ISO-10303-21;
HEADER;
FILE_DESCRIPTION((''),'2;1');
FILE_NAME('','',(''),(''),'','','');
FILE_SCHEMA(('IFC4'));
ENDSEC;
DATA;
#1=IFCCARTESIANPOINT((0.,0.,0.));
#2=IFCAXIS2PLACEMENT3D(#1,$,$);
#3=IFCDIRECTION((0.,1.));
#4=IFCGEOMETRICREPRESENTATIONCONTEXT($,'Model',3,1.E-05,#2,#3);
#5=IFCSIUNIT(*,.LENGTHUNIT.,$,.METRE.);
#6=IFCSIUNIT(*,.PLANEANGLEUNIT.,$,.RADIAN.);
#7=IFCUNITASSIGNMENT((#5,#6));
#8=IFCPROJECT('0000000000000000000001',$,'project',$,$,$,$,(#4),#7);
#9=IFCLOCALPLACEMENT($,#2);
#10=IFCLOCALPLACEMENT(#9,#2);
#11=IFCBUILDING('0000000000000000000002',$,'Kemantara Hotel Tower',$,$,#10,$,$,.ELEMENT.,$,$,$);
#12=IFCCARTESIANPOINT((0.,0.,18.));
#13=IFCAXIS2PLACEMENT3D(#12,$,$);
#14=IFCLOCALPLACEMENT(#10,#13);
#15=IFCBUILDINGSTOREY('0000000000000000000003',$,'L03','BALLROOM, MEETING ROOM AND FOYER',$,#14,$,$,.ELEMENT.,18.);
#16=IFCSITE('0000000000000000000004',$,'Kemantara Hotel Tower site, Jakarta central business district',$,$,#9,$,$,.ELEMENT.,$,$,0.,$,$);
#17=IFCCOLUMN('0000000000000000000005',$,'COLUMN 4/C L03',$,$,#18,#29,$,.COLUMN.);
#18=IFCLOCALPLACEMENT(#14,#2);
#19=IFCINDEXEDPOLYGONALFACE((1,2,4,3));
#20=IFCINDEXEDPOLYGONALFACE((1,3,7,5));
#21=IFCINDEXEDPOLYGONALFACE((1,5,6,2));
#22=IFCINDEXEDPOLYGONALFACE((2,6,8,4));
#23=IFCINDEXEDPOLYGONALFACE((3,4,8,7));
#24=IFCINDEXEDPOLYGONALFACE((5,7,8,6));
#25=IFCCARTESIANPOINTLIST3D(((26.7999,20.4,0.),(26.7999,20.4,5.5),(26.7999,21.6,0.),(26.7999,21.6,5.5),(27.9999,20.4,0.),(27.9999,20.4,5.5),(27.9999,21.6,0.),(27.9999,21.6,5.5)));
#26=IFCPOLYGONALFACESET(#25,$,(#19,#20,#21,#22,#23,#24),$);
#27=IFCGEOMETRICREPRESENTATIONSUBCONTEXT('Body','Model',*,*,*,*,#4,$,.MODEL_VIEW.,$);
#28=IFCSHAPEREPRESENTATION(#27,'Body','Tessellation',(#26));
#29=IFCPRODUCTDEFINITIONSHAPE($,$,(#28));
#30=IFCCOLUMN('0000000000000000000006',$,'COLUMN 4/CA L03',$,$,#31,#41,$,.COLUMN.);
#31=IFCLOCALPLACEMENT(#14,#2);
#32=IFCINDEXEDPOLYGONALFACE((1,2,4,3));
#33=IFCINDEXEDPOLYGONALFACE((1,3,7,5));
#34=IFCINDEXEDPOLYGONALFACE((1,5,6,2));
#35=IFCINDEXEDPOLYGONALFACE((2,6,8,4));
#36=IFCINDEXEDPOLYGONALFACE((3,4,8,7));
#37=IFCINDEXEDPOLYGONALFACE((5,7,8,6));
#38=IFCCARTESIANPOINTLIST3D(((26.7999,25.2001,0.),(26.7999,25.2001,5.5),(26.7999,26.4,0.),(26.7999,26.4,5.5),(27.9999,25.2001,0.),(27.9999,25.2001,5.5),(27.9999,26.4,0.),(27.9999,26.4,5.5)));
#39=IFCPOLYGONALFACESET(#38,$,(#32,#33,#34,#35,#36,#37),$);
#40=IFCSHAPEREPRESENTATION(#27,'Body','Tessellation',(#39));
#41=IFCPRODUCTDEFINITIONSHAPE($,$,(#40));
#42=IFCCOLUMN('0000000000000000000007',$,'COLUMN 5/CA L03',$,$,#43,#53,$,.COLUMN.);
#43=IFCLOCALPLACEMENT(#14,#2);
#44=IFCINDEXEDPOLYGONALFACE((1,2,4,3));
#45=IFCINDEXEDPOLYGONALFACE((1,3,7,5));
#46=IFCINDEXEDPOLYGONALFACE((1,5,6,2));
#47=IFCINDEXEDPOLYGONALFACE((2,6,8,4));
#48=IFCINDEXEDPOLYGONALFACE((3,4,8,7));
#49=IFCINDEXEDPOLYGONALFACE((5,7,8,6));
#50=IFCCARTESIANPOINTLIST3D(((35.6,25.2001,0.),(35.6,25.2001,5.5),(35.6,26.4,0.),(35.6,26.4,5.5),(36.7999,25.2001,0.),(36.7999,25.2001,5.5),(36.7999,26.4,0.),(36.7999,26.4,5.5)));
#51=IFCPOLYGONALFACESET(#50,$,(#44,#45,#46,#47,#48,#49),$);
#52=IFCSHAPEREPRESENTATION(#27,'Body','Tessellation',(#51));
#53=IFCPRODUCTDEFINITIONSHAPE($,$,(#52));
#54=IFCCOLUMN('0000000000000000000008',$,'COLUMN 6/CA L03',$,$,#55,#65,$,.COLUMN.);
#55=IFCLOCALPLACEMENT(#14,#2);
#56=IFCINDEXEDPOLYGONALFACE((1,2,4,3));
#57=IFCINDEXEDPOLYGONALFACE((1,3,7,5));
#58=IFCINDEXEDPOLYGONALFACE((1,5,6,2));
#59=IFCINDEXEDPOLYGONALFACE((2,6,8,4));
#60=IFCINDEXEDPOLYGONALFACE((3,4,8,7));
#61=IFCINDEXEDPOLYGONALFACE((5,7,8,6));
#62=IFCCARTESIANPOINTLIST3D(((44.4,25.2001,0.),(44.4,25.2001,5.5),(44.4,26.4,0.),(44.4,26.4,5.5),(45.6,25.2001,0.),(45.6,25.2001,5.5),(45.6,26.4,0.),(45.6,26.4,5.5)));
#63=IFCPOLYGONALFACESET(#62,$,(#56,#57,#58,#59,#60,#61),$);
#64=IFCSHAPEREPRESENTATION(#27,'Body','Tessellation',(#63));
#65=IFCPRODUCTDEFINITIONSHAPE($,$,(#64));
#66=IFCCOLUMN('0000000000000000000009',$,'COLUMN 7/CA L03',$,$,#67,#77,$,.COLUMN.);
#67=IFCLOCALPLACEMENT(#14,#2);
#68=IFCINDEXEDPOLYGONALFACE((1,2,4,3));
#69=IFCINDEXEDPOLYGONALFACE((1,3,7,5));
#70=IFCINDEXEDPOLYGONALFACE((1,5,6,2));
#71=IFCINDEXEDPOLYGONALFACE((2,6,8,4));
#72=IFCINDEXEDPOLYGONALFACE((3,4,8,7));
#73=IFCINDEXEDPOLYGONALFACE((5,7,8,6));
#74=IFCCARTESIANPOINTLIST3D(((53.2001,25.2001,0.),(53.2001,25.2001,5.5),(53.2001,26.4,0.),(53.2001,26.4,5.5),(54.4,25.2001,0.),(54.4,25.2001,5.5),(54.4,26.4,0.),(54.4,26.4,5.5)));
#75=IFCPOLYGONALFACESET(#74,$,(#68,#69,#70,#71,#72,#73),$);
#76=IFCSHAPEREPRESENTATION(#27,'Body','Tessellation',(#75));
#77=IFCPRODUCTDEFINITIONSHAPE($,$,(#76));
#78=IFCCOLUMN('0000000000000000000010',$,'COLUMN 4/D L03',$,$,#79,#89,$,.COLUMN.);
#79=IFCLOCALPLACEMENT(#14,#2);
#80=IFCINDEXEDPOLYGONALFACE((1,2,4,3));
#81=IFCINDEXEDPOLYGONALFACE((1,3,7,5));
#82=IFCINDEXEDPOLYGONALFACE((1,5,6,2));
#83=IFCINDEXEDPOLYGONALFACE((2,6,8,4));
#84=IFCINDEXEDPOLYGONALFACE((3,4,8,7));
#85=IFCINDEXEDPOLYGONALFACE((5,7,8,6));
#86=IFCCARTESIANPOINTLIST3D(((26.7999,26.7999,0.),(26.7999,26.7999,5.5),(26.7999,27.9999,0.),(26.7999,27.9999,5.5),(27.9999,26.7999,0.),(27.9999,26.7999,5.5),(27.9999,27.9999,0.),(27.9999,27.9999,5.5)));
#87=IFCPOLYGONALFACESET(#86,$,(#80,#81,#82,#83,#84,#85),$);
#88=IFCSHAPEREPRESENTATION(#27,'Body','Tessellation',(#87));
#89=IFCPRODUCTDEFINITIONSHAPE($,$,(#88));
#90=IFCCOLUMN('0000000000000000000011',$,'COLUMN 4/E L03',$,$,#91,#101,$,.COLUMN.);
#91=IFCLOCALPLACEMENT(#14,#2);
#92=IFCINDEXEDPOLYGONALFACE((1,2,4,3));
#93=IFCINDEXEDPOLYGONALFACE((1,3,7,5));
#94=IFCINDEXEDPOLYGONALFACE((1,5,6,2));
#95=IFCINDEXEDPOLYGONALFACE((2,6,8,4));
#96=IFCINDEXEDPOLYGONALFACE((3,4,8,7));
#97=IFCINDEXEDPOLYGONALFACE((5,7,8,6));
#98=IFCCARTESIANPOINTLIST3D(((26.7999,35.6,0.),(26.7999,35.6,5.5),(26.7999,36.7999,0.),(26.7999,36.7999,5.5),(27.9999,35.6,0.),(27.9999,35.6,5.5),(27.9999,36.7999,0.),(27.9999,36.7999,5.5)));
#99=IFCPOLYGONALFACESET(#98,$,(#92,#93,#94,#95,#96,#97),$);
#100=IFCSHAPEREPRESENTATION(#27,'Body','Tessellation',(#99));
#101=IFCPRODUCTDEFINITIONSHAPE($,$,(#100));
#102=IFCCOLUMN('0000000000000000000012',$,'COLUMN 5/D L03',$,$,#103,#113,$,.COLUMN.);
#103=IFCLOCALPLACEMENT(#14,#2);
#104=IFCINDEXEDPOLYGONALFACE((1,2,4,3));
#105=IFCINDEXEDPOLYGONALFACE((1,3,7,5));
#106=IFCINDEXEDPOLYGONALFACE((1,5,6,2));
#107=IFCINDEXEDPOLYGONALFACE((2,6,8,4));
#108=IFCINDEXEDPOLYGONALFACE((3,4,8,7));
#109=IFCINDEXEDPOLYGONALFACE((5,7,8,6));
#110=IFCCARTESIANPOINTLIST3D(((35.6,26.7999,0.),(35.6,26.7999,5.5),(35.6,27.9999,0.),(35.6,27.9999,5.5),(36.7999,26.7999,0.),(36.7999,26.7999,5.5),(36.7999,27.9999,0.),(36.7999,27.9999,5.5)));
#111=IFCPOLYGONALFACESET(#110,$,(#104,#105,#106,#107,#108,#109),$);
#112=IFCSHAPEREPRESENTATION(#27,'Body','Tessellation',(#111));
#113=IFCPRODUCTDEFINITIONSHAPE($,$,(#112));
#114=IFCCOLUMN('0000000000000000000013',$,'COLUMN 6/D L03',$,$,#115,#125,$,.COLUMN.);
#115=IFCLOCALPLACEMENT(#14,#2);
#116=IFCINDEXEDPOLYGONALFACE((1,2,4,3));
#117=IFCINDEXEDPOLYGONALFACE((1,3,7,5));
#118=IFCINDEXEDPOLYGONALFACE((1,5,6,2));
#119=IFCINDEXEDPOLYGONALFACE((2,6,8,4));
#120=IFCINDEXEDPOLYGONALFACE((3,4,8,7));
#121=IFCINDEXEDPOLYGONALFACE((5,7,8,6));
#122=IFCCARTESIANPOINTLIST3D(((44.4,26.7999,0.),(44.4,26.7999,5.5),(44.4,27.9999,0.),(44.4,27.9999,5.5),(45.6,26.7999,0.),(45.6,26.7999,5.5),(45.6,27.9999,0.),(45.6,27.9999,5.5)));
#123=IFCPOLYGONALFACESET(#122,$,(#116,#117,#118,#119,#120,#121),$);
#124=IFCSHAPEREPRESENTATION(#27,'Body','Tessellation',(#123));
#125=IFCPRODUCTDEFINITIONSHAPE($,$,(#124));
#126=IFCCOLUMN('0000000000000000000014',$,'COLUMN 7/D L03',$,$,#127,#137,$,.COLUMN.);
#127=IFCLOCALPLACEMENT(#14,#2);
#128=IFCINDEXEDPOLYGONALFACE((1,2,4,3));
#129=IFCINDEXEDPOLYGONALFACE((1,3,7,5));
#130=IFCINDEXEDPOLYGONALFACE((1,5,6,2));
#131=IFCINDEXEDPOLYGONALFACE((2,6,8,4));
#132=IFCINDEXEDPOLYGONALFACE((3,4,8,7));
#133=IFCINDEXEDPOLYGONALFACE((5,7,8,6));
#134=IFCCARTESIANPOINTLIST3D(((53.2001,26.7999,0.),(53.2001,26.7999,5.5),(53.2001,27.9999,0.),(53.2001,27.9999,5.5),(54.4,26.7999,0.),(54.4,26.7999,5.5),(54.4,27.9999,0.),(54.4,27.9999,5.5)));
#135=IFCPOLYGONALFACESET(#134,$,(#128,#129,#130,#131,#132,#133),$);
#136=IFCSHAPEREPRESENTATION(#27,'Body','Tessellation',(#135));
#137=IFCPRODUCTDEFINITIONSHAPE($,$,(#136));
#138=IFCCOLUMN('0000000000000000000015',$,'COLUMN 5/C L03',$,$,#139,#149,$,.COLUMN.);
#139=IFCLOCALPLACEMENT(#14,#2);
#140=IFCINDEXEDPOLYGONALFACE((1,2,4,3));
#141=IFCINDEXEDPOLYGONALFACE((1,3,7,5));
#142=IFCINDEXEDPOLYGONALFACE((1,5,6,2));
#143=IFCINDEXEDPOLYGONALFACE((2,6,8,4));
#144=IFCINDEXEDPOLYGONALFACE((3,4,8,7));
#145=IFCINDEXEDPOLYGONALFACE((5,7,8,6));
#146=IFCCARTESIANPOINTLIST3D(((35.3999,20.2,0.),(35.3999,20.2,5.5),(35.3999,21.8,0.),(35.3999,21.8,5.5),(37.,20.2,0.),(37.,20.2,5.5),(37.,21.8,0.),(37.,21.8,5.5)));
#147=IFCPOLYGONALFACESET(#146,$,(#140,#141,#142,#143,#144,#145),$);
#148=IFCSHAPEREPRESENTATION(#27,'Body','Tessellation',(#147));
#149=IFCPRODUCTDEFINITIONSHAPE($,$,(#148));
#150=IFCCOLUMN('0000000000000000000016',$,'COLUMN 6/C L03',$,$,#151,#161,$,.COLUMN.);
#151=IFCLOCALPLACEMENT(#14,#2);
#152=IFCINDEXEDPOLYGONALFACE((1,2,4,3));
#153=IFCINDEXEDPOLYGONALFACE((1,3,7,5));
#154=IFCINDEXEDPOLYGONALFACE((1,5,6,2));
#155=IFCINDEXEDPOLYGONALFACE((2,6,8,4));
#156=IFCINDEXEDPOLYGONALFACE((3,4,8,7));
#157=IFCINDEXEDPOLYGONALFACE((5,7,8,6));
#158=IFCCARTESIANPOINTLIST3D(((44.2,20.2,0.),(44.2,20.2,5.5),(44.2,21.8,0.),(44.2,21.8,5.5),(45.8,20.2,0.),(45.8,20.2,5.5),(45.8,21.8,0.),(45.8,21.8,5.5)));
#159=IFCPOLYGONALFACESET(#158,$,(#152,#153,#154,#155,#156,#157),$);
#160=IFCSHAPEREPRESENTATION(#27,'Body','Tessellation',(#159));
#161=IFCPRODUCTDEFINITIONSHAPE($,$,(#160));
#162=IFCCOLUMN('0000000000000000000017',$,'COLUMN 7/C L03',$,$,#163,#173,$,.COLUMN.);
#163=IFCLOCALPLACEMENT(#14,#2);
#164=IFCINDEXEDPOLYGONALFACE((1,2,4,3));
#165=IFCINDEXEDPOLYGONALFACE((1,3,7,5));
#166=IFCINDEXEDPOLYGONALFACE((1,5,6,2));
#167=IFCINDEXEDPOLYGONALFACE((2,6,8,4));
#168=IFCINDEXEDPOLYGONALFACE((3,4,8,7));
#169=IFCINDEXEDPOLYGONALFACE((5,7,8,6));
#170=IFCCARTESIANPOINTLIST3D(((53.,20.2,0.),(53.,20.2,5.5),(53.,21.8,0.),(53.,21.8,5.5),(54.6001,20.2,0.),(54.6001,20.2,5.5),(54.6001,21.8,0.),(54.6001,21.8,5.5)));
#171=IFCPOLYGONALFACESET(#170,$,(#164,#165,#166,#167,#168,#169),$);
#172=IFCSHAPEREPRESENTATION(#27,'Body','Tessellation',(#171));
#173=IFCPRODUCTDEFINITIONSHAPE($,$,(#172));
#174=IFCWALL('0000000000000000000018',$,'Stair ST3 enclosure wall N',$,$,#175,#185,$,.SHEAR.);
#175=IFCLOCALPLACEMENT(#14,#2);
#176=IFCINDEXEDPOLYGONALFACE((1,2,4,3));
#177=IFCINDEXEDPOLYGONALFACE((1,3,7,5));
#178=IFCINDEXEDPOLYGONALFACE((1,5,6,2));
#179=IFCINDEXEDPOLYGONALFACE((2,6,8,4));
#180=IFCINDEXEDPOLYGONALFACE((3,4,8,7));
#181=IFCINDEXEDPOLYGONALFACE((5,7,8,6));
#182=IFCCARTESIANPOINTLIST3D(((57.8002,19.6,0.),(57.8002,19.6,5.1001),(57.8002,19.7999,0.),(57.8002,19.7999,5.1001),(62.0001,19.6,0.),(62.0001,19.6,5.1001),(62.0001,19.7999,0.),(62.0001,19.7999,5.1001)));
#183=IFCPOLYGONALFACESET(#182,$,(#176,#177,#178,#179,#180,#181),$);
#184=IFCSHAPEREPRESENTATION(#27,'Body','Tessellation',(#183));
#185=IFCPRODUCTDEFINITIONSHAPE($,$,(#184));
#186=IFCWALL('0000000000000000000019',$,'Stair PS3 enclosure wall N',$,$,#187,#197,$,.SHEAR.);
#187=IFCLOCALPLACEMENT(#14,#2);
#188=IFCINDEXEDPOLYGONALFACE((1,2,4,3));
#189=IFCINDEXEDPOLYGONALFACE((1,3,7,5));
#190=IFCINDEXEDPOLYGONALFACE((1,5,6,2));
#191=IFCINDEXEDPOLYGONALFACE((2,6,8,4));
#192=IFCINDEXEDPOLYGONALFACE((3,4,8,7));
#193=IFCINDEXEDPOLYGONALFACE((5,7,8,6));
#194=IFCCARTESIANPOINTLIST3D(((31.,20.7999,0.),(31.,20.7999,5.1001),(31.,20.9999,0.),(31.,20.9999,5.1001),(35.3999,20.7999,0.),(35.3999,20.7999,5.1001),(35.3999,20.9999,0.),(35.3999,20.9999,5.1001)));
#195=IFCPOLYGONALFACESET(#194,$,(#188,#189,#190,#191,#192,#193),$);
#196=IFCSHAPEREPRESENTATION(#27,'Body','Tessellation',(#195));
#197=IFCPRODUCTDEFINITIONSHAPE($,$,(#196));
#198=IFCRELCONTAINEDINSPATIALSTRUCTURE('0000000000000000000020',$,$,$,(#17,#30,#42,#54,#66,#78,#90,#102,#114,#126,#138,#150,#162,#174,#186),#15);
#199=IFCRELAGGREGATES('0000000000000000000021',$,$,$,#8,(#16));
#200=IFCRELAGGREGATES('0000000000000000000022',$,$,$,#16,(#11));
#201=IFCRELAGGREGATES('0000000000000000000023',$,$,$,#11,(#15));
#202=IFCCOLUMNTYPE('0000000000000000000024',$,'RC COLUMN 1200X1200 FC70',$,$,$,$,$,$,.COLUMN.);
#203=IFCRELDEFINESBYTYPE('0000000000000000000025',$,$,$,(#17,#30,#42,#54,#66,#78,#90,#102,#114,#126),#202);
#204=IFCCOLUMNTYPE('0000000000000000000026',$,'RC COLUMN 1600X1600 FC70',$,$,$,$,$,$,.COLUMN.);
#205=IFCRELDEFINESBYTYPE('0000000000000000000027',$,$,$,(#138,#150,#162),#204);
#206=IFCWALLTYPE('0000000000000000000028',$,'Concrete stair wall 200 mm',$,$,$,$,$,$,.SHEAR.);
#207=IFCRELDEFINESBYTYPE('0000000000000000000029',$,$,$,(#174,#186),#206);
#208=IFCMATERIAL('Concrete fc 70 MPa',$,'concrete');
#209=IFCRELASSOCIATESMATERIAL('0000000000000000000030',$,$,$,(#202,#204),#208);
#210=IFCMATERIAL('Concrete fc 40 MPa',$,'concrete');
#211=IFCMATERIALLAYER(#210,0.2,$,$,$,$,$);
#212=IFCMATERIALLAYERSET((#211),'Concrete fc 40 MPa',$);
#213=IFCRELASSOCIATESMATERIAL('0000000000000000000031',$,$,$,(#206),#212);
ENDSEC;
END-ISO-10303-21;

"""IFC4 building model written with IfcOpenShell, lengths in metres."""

from ifc_helpers import new_model, si_unit, direction, frame, frame_2d, origin, origin_2d, place, context, subcontext, project, spatial, rectangle, extrude, material, layer, layer_set, material_profile, profile_set, type_object, element, save


model = new_model("IFC4")

# Units and contexts
model_context = context("Model", 3, precision=1e-05, world=origin(), true_north=direction((0.0, 1.0)))
body_context = subcontext(model_context, "Body", "Model", "MODEL_VIEW")
ifc_project = project(units=[si_unit("LENGTHUNIT", "METRE"), si_unit("PLANEANGLEUNIT", "RADIAN")], contexts=[model_context])

# Site, building, storey
site_placement = place(None, origin())
site = spatial("IfcSite", under=ifc_project, at=site_placement, Name="Kemantara Hotel Tower site, Jakarta central business district", CompositionType="ELEMENT", RefElevation=0.0)
building_placement = place(site_placement, origin())
building = spatial("IfcBuilding", under=site, at=building_placement, Name="Kemantara Hotel Tower", CompositionType="ELEMENT")
storey_placement = place(building_placement, frame((0.0, 0.0, 18.0)))
storey = spatial("IfcBuildingStorey", under=building, at=storey_placement, Name="L03", Description="BALLROOM, MEETING ROOM AND FOYER", CompositionType="ELEMENT", Elevation=18.0)

# Columns
ifc_material_1 = material(Name="Concrete fc 70 MPa", Category="concrete")
ifc_material_profile_1 = material_profile(ifc_material_1, rectangle(XDim=1.2, YDim=1.2, at=origin_2d()), Name="RC 1200X1200")
ifc_profile_set_1 = profile_set([ifc_material_profile_1], Name="Concrete fc 70 MPa")
column_type_1 = type_object("IfcColumnType", Name="RC COLUMN 1200X1200 FC70", PredefinedType="COLUMN", material=ifc_profile_set_1)
for number, where, z_axis, x_axis, name in (
    (1, (27.3999, 21.0, 0.0), (0.0, 0.0, 1.0), (1.0, 0.0, 0.0), "COLUMN 4/C L03"),
    (2, (27.3999, 25.8, 0.0), (0.0, 0.0, 1.0), (1.0, 0.0, 0.0), "COLUMN 4/CA L03"),
    (3, (36.2, 25.8, 0.0), (0.0, 0.0, 1.0), (1.0, 0.0, 0.0), "COLUMN 5/CA L03"),
    (4, (45.0, 25.8, 0.0), (0.0, 0.0, 1.0), (1.0, 0.0, 0.0), "COLUMN 6/CA L03"),
    (5, (53.8, 25.8, 0.0), (0.0, 0.0, 1.0), (1.0, 0.0, 0.0), "COLUMN 7/CA L03"),
    (6, (27.3999, 27.3999, 0.0), (0.0, 0.0, 1.0), (1.0, 0.0, 0.0), "COLUMN 4/D L03"),
    (7, (27.3999, 36.2, 0.0), (0.0, 0.0, 1.0), (1.0, 0.0, 0.0), "COLUMN 4/E L03"),
    (8, (36.2, 27.3999, 0.0), (0.0, 0.0, 1.0), (1.0, 0.0, 0.0), "COLUMN 5/D L03"),
    (9, (45.0, 27.3999, 0.0), (0.0, 0.0, 1.0), (1.0, 0.0, 0.0), "COLUMN 6/D L03"),
    (10, (53.8, 27.3999, 0.0), (0.0, 0.0, 1.0), (1.0, 0.0, 0.0), "COLUMN 7/D L03"),
):
    element("IfcColumn", number, at=place(storey_placement, frame(where, z_axis=z_axis, x_axis=x_axis)), inside=storey, type_object=column_type_1, Name=name, PredefinedType="COLUMN", context=body_context, shape_type="SweptSolid", body=[
        extrude(rectangle(XDim=1.2, YDim=1.2, at=origin_2d()), origin(), (0.0, 0.0, 1.0), 5.5),
    ])
ifc_material_profile_2 = material_profile(ifc_material_1, rectangle(XDim=1.6001, YDim=1.6001, at=origin_2d()), Name="RC 1600X1600")
ifc_profile_set_2 = profile_set([ifc_material_profile_2], Name="Concrete fc 70 MPa")
column_type_2 = type_object("IfcColumnType", Name="RC COLUMN 1600X1600 FC70", PredefinedType="COLUMN", material=ifc_profile_set_2)
for number, where, z_axis, x_axis, name in (
    (11, (36.2, 21.0, 0.0), (0.0, 0.0, 1.0), (1.0, 0.0, 0.0), "COLUMN 5/C L03"),
    (12, (45.0, 21.0, 0.0), (0.0, 0.0, 1.0), (1.0, 0.0, 0.0), "COLUMN 6/C L03"),
    (13, (53.8, 21.0, 0.0), (0.0, 0.0, 1.0), (1.0, 0.0, 0.0), "COLUMN 7/C L03"),
):
    element("IfcColumn", number, at=place(storey_placement, frame(where, z_axis=z_axis, x_axis=x_axis)), inside=storey, type_object=column_type_2, Name=name, PredefinedType="COLUMN", context=body_context, shape_type="SweptSolid", body=[
        extrude(rectangle(XDim=1.6001, YDim=1.6001, at=origin_2d()), origin(), (0.0, 0.0, 1.0), 5.5),
    ])

# Walls
ifc_material_2 = material(Name="Concrete fc 40 MPa", Category="concrete")
ifc_layer_1 = layer(ifc_material_2, 0.2)
ifc_layer_set_1 = layer_set([ifc_layer_1], Name="Concrete fc 40 MPa")
wall_type_1 = type_object("IfcWallType", Name="Concrete stair wall 200 mm", PredefinedType="SHEAR", material=ifc_layer_set_1)
wall_1_placement = place(storey_placement, frame((57.8, 19.7, 0.0), z_axis=(0.0, 0.0, 1.0), x_axis=(1.0, 0.0, 0.0)))
element("IfcWall", 14, at=wall_1_placement, inside=storey, type_object=wall_type_1, Name="Stair ST3 enclosure wall N", PredefinedType="SHEAR", context=body_context, shape_type="SweptSolid", body=[
    extrude(rectangle(XDim=4.2, YDim=0.2, at=frame_2d((2.1001, 0.0))), origin(), (0.0, 0.0, 1.0), 5.1001),
])
wall_2_placement = place(storey_placement, frame((31.0, 20.8999, 0.0), z_axis=(0.0, 0.0, 1.0), x_axis=(1.0, 0.0, 0.0)))
element("IfcWall", 15, at=wall_2_placement, inside=storey, type_object=wall_type_1, Name="Stair PS3 enclosure wall N", PredefinedType="SHEAR", context=body_context, shape_type="SweptSolid", body=[
    extrude(rectangle(XDim=4.3999, YDim=0.2, at=frame_2d((2.2, 0.0))), origin(), (0.0, 0.0, 1.0), 5.1001),
])

save(model, "model.ifc")
